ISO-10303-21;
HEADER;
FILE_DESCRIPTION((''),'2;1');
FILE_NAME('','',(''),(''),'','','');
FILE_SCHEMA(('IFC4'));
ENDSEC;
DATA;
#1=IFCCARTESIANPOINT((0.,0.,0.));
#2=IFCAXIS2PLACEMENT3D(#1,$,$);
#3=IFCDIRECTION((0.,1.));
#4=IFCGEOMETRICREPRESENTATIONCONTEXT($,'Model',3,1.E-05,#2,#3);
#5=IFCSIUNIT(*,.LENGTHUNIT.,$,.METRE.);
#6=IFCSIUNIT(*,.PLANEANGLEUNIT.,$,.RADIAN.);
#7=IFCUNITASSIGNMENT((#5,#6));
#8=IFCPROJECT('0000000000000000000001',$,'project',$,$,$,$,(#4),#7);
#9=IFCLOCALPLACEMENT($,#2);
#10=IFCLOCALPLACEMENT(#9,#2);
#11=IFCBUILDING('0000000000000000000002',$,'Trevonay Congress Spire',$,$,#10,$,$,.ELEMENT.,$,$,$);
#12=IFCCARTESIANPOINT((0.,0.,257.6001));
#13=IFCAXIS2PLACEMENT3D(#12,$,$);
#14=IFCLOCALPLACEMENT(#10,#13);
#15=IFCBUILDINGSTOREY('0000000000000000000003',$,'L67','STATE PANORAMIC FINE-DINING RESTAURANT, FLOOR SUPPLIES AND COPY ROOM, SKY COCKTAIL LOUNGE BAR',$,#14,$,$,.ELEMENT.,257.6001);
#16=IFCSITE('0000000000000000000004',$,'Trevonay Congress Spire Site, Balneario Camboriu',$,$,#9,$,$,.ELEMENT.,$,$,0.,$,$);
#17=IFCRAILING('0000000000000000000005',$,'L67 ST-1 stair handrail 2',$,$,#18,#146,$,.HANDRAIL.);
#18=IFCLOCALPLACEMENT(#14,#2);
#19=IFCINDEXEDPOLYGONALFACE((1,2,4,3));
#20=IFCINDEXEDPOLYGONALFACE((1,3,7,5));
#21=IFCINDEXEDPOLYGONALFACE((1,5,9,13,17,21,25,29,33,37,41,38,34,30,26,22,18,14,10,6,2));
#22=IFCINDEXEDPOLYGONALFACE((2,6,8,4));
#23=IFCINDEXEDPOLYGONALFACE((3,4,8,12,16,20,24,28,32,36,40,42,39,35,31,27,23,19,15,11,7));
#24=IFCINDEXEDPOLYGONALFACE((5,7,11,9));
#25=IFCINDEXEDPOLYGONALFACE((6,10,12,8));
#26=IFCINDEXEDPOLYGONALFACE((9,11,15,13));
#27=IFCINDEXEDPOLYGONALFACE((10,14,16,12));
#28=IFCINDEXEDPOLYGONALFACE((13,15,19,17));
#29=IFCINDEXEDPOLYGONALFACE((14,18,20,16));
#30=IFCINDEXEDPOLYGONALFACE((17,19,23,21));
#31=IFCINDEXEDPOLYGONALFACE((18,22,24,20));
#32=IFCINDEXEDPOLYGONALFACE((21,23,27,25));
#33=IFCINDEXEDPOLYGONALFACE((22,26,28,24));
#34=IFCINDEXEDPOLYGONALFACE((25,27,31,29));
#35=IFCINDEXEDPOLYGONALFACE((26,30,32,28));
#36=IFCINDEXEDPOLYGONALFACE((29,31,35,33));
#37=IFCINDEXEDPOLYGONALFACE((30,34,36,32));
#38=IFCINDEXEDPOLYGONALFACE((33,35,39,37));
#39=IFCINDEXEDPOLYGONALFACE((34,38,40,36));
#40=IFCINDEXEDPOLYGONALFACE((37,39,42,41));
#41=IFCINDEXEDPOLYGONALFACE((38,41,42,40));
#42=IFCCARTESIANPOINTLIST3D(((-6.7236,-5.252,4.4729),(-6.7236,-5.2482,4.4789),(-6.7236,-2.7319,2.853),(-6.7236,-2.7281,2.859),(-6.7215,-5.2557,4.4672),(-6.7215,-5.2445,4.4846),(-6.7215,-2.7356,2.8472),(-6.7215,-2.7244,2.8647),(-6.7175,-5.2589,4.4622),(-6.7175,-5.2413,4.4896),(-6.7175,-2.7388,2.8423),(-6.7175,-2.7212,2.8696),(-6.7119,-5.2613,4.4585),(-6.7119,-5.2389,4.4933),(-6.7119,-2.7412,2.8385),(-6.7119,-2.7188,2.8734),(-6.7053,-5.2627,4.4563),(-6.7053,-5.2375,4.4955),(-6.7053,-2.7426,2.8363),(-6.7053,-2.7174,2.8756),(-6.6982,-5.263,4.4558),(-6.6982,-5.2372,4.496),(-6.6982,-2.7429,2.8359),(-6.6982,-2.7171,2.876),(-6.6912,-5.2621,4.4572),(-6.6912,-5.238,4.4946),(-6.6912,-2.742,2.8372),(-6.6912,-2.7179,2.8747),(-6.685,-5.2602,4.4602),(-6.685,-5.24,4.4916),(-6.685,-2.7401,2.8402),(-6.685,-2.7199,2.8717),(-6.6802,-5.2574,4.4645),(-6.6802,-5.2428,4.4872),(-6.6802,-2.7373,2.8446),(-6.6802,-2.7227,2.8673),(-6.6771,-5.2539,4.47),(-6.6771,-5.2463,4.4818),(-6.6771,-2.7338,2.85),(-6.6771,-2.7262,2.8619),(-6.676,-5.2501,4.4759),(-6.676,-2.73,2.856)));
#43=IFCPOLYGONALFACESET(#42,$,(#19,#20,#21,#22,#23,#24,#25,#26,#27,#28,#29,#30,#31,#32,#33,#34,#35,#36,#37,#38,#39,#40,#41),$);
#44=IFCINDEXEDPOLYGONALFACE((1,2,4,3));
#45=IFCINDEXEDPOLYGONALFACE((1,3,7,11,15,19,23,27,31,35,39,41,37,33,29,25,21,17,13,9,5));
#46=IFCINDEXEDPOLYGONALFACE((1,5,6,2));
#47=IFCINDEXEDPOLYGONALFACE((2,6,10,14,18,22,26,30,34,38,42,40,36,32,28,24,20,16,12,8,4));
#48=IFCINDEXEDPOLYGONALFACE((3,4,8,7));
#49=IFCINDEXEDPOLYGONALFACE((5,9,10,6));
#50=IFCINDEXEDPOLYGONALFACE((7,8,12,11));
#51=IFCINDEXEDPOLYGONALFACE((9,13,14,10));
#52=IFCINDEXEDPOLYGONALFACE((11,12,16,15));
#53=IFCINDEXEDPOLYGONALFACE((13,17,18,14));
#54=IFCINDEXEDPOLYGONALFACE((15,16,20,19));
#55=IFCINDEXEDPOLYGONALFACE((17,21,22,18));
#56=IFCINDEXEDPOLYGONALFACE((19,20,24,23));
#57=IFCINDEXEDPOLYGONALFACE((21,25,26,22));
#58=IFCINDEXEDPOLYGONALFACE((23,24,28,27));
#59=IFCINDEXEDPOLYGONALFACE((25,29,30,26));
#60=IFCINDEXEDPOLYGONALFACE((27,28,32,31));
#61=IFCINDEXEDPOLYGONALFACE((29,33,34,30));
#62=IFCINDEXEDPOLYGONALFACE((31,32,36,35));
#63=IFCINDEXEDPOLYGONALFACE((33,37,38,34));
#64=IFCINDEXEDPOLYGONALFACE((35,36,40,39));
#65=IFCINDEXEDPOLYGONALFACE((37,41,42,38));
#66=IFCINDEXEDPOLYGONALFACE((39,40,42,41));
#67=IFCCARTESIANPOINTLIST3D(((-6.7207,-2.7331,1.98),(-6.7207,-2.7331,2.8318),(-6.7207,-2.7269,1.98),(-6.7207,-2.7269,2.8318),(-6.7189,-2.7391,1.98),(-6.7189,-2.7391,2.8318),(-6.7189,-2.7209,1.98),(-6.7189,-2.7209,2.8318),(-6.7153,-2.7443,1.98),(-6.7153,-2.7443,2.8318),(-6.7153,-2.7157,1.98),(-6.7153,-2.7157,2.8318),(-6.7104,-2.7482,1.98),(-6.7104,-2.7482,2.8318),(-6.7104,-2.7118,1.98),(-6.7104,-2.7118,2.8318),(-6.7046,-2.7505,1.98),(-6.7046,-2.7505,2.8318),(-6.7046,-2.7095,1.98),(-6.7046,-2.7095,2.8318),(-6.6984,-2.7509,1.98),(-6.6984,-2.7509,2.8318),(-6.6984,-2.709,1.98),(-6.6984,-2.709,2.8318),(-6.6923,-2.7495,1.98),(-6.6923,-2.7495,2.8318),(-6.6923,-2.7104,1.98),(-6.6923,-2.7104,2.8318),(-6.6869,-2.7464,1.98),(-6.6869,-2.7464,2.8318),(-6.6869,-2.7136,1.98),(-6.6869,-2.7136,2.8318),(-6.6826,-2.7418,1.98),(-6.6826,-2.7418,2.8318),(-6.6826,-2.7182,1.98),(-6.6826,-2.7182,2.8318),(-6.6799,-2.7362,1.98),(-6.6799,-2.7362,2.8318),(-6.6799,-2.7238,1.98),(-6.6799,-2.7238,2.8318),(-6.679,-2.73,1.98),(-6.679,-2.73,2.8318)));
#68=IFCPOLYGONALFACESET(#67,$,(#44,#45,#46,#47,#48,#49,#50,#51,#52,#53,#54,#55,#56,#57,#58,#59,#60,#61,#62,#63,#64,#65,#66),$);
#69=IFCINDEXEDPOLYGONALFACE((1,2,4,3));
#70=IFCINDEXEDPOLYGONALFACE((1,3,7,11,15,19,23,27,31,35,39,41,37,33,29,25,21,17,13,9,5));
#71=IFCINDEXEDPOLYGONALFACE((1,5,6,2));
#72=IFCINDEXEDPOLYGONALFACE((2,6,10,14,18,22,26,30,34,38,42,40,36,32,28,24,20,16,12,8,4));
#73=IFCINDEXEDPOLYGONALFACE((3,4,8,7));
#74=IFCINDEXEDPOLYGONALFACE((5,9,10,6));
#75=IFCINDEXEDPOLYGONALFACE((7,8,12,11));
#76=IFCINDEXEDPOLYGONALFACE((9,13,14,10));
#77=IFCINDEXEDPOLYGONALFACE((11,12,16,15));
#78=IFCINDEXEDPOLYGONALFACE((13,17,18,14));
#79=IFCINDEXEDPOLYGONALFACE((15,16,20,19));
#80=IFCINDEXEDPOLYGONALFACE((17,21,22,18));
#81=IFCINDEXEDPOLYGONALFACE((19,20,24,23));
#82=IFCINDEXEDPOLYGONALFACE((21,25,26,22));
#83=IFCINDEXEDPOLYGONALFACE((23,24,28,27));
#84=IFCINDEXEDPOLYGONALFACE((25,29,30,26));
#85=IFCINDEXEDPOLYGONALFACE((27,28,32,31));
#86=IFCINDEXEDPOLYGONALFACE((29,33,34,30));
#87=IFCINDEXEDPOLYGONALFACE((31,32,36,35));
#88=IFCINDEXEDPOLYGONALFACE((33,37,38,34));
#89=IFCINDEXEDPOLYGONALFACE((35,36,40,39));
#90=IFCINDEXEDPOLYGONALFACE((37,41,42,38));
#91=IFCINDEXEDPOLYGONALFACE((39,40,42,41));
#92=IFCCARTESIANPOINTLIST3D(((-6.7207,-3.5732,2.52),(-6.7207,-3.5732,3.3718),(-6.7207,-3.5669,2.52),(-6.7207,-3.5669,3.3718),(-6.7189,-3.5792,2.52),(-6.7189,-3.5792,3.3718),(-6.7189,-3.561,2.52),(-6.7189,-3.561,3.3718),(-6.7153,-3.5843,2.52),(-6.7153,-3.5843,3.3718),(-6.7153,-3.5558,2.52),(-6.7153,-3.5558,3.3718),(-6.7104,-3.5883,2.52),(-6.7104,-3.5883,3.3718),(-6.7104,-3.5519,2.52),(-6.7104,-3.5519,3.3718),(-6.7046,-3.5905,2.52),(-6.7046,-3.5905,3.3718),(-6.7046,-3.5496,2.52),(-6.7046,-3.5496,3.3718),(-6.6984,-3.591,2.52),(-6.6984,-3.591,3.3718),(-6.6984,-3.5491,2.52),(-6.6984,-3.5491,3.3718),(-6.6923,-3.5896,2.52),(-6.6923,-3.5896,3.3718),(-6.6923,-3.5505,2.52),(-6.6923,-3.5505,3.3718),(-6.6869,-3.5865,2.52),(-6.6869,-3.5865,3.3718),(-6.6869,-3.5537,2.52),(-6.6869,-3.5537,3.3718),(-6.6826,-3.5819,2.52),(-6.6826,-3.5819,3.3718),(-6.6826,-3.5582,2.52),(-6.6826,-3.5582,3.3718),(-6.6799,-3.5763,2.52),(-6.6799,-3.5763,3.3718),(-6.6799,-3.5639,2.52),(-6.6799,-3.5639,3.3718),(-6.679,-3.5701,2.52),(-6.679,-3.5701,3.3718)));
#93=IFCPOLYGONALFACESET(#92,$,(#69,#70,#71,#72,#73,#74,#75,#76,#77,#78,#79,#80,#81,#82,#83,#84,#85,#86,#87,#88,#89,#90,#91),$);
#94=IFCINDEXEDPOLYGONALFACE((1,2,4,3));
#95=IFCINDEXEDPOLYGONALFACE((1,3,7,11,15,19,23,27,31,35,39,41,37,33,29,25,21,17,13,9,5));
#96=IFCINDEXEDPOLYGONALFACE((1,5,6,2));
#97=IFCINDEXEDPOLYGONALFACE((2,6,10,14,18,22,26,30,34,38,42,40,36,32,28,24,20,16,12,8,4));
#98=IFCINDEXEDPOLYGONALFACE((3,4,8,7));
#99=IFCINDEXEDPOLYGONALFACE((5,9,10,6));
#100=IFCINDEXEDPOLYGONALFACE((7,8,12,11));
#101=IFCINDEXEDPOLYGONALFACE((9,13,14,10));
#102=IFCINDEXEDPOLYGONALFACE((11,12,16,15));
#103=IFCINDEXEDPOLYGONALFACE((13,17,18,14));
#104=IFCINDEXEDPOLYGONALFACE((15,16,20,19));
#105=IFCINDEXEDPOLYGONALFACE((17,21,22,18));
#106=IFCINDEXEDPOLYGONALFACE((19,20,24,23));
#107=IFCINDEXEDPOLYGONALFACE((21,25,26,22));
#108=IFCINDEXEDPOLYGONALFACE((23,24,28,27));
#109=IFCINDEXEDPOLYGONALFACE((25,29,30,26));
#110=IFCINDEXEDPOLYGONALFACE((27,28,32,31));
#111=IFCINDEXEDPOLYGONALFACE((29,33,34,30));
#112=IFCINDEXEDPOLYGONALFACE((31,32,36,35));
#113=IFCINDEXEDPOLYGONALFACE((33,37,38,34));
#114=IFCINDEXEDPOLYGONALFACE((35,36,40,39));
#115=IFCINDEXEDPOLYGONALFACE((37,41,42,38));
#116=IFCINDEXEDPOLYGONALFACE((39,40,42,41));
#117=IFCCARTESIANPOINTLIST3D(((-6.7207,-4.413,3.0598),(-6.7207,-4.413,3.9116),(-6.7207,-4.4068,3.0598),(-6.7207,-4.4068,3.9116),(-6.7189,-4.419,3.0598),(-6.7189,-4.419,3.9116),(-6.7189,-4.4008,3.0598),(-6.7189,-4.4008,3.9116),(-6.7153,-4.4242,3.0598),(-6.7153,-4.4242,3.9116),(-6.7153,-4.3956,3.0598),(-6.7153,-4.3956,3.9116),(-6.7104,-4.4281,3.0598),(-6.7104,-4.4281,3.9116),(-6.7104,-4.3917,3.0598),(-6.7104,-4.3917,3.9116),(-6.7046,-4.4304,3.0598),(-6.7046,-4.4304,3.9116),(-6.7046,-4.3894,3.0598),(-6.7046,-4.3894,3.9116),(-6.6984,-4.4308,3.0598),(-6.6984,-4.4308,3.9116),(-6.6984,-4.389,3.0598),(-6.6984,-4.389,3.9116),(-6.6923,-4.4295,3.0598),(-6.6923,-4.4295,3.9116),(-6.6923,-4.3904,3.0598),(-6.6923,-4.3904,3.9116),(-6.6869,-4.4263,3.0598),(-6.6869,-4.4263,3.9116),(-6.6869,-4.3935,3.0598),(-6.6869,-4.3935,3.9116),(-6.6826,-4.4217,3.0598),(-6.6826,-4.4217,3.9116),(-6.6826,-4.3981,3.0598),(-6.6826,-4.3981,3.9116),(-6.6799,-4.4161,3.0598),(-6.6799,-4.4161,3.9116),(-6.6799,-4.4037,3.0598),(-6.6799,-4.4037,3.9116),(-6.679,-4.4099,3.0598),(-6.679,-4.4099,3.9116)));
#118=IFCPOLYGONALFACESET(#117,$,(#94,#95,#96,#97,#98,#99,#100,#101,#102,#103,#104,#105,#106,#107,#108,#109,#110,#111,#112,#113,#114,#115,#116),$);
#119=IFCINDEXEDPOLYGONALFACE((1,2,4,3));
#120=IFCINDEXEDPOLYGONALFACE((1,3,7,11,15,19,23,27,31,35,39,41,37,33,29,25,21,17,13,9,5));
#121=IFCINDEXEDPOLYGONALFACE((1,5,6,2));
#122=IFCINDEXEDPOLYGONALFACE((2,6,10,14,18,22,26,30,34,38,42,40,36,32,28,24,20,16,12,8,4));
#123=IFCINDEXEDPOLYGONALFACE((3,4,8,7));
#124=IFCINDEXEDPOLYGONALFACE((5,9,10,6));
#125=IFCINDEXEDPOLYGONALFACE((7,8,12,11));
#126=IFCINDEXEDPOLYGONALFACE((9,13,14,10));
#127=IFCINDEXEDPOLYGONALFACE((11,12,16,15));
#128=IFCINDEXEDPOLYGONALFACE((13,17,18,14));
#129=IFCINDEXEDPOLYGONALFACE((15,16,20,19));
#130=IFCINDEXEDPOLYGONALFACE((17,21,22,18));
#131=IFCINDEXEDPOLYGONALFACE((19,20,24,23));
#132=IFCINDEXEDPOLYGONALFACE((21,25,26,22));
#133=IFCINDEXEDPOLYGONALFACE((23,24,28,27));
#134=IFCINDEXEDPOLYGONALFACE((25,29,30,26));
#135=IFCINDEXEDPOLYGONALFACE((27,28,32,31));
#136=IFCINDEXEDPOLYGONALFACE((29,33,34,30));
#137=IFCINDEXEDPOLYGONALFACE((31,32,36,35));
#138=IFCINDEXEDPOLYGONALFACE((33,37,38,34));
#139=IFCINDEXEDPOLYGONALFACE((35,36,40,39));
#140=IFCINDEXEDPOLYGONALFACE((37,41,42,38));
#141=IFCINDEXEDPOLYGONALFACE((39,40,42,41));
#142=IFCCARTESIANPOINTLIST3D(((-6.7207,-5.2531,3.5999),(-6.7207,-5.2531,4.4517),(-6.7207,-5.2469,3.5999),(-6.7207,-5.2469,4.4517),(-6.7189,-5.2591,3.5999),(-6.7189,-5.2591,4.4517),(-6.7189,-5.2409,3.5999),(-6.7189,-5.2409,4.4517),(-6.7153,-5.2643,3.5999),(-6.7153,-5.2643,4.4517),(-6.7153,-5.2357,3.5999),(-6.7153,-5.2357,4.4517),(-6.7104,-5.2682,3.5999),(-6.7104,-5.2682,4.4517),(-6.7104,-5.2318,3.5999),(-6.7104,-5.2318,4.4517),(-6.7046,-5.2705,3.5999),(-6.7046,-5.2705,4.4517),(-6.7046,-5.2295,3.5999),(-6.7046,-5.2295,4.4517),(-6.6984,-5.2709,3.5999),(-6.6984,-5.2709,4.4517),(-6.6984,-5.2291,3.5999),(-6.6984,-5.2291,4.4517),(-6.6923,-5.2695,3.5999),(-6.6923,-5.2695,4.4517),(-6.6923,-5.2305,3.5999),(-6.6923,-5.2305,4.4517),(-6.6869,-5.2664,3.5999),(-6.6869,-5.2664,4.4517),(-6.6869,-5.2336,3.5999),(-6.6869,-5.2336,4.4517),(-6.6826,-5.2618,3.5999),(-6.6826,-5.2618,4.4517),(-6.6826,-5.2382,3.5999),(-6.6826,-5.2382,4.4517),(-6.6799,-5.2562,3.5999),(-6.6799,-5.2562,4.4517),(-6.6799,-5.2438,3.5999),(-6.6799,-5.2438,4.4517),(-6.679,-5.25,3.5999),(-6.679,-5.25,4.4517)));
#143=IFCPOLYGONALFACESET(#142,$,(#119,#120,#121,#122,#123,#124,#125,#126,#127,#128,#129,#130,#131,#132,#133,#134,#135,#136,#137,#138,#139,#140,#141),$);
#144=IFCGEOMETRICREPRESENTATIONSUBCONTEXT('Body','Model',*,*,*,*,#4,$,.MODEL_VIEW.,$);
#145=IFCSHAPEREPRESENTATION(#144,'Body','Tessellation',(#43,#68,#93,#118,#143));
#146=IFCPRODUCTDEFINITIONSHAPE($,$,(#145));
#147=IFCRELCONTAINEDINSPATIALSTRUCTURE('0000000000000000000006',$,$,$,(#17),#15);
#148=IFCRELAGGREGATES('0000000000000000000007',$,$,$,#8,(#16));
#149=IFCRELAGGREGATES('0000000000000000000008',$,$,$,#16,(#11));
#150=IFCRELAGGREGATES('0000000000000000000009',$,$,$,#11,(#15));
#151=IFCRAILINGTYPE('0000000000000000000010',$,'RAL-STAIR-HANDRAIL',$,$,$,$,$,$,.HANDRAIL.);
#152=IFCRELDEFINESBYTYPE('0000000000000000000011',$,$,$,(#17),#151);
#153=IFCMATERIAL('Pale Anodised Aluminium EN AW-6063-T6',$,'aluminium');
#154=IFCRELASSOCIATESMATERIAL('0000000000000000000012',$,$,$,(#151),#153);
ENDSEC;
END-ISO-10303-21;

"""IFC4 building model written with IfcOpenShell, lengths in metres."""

from ifc_helpers import new_model, si_unit, direction, frame, origin, origin_2d, place, context, subcontext, project, spatial, circle, extrude, material, type_object, element, save


model = new_model("IFC4")

# Units and contexts
model_context = context("Model", 3, precision=1e-05, world=origin(), true_north=direction((0.0, 1.0)))
body_context = subcontext(model_context, "Body", "Model", "MODEL_VIEW")
ifc_project = project(units=[si_unit("LENGTHUNIT", "METRE"), si_unit("PLANEANGLEUNIT", "RADIAN")], contexts=[model_context])

# Site, building, storey
site_placement = place(None, origin())
site = spatial("IfcSite", under=ifc_project, at=site_placement, Name="Trevonay Congress Spire Site, Balneario Camboriu", CompositionType="ELEMENT", RefElevation=0.0)
building_placement = place(site_placement, origin())
building = spatial("IfcBuilding", under=site, at=building_placement, Name="Trevonay Congress Spire", CompositionType="ELEMENT")
storey_placement = place(building_placement, frame((0.0, 0.0, 257.6001)))
storey = spatial("IfcBuildingStorey", under=building, at=storey_placement, Name="L67", Description="STATE PANORAMIC FINE-DINING RESTAURANT, FLOOR SUPPLIES AND COPY ROOM, SKY COCKTAIL LOUNGE BAR", CompositionType="ELEMENT", Elevation=257.6001)

# Railing
ifc_material_1 = material(Name="Pale Anodised Aluminium EN AW-6063-T6", Category="aluminium")
railing_type_1 = type_object("IfcRailingType", Name="RAL-STAIR-HANDRAIL", PredefinedType="HANDRAIL", material=ifc_material_1)
railing_1_placement = place(storey_placement, frame((-6.7, -2.73, 1.98)))
element("IfcRailing", 1, at=railing_1_placement, inside=storey, type_object=railing_type_1, Name="L67 ST-1 stair handrail 2", PredefinedType="HANDRAIL", context=body_context, shape_type="SweptSolid", body=[
    extrude(circle(Radius=0.0239, at=origin_2d()), frame((0.0, 0.0, 0.876), z_axis=(0.0, -0.8412, 0.540725), x_axis=(1.0, 0.0, 0.0)), (0.0, 0.0, 1.0), 2.9958),
    extrude(circle(Radius=0.021, at=origin_2d()), origin(), (0.0, 0.0, 1.0), 0.8518),
    extrude(circle(Radius=0.021, at=origin_2d()), frame((0.0, -0.8401, 0.54)), (0.0, 0.0, 1.0), 0.8518),
    extrude(circle(Radius=0.021, at=origin_2d()), frame((0.0, -1.6799, 1.0798)), (0.0, 0.0, 1.0), 0.8518),
    extrude(circle(Radius=0.021, at=origin_2d()), frame((0.0, -2.52, 1.6199)), (0.0, 0.0, 1.0), 0.8518),
])

save(model, "model.ifc")
